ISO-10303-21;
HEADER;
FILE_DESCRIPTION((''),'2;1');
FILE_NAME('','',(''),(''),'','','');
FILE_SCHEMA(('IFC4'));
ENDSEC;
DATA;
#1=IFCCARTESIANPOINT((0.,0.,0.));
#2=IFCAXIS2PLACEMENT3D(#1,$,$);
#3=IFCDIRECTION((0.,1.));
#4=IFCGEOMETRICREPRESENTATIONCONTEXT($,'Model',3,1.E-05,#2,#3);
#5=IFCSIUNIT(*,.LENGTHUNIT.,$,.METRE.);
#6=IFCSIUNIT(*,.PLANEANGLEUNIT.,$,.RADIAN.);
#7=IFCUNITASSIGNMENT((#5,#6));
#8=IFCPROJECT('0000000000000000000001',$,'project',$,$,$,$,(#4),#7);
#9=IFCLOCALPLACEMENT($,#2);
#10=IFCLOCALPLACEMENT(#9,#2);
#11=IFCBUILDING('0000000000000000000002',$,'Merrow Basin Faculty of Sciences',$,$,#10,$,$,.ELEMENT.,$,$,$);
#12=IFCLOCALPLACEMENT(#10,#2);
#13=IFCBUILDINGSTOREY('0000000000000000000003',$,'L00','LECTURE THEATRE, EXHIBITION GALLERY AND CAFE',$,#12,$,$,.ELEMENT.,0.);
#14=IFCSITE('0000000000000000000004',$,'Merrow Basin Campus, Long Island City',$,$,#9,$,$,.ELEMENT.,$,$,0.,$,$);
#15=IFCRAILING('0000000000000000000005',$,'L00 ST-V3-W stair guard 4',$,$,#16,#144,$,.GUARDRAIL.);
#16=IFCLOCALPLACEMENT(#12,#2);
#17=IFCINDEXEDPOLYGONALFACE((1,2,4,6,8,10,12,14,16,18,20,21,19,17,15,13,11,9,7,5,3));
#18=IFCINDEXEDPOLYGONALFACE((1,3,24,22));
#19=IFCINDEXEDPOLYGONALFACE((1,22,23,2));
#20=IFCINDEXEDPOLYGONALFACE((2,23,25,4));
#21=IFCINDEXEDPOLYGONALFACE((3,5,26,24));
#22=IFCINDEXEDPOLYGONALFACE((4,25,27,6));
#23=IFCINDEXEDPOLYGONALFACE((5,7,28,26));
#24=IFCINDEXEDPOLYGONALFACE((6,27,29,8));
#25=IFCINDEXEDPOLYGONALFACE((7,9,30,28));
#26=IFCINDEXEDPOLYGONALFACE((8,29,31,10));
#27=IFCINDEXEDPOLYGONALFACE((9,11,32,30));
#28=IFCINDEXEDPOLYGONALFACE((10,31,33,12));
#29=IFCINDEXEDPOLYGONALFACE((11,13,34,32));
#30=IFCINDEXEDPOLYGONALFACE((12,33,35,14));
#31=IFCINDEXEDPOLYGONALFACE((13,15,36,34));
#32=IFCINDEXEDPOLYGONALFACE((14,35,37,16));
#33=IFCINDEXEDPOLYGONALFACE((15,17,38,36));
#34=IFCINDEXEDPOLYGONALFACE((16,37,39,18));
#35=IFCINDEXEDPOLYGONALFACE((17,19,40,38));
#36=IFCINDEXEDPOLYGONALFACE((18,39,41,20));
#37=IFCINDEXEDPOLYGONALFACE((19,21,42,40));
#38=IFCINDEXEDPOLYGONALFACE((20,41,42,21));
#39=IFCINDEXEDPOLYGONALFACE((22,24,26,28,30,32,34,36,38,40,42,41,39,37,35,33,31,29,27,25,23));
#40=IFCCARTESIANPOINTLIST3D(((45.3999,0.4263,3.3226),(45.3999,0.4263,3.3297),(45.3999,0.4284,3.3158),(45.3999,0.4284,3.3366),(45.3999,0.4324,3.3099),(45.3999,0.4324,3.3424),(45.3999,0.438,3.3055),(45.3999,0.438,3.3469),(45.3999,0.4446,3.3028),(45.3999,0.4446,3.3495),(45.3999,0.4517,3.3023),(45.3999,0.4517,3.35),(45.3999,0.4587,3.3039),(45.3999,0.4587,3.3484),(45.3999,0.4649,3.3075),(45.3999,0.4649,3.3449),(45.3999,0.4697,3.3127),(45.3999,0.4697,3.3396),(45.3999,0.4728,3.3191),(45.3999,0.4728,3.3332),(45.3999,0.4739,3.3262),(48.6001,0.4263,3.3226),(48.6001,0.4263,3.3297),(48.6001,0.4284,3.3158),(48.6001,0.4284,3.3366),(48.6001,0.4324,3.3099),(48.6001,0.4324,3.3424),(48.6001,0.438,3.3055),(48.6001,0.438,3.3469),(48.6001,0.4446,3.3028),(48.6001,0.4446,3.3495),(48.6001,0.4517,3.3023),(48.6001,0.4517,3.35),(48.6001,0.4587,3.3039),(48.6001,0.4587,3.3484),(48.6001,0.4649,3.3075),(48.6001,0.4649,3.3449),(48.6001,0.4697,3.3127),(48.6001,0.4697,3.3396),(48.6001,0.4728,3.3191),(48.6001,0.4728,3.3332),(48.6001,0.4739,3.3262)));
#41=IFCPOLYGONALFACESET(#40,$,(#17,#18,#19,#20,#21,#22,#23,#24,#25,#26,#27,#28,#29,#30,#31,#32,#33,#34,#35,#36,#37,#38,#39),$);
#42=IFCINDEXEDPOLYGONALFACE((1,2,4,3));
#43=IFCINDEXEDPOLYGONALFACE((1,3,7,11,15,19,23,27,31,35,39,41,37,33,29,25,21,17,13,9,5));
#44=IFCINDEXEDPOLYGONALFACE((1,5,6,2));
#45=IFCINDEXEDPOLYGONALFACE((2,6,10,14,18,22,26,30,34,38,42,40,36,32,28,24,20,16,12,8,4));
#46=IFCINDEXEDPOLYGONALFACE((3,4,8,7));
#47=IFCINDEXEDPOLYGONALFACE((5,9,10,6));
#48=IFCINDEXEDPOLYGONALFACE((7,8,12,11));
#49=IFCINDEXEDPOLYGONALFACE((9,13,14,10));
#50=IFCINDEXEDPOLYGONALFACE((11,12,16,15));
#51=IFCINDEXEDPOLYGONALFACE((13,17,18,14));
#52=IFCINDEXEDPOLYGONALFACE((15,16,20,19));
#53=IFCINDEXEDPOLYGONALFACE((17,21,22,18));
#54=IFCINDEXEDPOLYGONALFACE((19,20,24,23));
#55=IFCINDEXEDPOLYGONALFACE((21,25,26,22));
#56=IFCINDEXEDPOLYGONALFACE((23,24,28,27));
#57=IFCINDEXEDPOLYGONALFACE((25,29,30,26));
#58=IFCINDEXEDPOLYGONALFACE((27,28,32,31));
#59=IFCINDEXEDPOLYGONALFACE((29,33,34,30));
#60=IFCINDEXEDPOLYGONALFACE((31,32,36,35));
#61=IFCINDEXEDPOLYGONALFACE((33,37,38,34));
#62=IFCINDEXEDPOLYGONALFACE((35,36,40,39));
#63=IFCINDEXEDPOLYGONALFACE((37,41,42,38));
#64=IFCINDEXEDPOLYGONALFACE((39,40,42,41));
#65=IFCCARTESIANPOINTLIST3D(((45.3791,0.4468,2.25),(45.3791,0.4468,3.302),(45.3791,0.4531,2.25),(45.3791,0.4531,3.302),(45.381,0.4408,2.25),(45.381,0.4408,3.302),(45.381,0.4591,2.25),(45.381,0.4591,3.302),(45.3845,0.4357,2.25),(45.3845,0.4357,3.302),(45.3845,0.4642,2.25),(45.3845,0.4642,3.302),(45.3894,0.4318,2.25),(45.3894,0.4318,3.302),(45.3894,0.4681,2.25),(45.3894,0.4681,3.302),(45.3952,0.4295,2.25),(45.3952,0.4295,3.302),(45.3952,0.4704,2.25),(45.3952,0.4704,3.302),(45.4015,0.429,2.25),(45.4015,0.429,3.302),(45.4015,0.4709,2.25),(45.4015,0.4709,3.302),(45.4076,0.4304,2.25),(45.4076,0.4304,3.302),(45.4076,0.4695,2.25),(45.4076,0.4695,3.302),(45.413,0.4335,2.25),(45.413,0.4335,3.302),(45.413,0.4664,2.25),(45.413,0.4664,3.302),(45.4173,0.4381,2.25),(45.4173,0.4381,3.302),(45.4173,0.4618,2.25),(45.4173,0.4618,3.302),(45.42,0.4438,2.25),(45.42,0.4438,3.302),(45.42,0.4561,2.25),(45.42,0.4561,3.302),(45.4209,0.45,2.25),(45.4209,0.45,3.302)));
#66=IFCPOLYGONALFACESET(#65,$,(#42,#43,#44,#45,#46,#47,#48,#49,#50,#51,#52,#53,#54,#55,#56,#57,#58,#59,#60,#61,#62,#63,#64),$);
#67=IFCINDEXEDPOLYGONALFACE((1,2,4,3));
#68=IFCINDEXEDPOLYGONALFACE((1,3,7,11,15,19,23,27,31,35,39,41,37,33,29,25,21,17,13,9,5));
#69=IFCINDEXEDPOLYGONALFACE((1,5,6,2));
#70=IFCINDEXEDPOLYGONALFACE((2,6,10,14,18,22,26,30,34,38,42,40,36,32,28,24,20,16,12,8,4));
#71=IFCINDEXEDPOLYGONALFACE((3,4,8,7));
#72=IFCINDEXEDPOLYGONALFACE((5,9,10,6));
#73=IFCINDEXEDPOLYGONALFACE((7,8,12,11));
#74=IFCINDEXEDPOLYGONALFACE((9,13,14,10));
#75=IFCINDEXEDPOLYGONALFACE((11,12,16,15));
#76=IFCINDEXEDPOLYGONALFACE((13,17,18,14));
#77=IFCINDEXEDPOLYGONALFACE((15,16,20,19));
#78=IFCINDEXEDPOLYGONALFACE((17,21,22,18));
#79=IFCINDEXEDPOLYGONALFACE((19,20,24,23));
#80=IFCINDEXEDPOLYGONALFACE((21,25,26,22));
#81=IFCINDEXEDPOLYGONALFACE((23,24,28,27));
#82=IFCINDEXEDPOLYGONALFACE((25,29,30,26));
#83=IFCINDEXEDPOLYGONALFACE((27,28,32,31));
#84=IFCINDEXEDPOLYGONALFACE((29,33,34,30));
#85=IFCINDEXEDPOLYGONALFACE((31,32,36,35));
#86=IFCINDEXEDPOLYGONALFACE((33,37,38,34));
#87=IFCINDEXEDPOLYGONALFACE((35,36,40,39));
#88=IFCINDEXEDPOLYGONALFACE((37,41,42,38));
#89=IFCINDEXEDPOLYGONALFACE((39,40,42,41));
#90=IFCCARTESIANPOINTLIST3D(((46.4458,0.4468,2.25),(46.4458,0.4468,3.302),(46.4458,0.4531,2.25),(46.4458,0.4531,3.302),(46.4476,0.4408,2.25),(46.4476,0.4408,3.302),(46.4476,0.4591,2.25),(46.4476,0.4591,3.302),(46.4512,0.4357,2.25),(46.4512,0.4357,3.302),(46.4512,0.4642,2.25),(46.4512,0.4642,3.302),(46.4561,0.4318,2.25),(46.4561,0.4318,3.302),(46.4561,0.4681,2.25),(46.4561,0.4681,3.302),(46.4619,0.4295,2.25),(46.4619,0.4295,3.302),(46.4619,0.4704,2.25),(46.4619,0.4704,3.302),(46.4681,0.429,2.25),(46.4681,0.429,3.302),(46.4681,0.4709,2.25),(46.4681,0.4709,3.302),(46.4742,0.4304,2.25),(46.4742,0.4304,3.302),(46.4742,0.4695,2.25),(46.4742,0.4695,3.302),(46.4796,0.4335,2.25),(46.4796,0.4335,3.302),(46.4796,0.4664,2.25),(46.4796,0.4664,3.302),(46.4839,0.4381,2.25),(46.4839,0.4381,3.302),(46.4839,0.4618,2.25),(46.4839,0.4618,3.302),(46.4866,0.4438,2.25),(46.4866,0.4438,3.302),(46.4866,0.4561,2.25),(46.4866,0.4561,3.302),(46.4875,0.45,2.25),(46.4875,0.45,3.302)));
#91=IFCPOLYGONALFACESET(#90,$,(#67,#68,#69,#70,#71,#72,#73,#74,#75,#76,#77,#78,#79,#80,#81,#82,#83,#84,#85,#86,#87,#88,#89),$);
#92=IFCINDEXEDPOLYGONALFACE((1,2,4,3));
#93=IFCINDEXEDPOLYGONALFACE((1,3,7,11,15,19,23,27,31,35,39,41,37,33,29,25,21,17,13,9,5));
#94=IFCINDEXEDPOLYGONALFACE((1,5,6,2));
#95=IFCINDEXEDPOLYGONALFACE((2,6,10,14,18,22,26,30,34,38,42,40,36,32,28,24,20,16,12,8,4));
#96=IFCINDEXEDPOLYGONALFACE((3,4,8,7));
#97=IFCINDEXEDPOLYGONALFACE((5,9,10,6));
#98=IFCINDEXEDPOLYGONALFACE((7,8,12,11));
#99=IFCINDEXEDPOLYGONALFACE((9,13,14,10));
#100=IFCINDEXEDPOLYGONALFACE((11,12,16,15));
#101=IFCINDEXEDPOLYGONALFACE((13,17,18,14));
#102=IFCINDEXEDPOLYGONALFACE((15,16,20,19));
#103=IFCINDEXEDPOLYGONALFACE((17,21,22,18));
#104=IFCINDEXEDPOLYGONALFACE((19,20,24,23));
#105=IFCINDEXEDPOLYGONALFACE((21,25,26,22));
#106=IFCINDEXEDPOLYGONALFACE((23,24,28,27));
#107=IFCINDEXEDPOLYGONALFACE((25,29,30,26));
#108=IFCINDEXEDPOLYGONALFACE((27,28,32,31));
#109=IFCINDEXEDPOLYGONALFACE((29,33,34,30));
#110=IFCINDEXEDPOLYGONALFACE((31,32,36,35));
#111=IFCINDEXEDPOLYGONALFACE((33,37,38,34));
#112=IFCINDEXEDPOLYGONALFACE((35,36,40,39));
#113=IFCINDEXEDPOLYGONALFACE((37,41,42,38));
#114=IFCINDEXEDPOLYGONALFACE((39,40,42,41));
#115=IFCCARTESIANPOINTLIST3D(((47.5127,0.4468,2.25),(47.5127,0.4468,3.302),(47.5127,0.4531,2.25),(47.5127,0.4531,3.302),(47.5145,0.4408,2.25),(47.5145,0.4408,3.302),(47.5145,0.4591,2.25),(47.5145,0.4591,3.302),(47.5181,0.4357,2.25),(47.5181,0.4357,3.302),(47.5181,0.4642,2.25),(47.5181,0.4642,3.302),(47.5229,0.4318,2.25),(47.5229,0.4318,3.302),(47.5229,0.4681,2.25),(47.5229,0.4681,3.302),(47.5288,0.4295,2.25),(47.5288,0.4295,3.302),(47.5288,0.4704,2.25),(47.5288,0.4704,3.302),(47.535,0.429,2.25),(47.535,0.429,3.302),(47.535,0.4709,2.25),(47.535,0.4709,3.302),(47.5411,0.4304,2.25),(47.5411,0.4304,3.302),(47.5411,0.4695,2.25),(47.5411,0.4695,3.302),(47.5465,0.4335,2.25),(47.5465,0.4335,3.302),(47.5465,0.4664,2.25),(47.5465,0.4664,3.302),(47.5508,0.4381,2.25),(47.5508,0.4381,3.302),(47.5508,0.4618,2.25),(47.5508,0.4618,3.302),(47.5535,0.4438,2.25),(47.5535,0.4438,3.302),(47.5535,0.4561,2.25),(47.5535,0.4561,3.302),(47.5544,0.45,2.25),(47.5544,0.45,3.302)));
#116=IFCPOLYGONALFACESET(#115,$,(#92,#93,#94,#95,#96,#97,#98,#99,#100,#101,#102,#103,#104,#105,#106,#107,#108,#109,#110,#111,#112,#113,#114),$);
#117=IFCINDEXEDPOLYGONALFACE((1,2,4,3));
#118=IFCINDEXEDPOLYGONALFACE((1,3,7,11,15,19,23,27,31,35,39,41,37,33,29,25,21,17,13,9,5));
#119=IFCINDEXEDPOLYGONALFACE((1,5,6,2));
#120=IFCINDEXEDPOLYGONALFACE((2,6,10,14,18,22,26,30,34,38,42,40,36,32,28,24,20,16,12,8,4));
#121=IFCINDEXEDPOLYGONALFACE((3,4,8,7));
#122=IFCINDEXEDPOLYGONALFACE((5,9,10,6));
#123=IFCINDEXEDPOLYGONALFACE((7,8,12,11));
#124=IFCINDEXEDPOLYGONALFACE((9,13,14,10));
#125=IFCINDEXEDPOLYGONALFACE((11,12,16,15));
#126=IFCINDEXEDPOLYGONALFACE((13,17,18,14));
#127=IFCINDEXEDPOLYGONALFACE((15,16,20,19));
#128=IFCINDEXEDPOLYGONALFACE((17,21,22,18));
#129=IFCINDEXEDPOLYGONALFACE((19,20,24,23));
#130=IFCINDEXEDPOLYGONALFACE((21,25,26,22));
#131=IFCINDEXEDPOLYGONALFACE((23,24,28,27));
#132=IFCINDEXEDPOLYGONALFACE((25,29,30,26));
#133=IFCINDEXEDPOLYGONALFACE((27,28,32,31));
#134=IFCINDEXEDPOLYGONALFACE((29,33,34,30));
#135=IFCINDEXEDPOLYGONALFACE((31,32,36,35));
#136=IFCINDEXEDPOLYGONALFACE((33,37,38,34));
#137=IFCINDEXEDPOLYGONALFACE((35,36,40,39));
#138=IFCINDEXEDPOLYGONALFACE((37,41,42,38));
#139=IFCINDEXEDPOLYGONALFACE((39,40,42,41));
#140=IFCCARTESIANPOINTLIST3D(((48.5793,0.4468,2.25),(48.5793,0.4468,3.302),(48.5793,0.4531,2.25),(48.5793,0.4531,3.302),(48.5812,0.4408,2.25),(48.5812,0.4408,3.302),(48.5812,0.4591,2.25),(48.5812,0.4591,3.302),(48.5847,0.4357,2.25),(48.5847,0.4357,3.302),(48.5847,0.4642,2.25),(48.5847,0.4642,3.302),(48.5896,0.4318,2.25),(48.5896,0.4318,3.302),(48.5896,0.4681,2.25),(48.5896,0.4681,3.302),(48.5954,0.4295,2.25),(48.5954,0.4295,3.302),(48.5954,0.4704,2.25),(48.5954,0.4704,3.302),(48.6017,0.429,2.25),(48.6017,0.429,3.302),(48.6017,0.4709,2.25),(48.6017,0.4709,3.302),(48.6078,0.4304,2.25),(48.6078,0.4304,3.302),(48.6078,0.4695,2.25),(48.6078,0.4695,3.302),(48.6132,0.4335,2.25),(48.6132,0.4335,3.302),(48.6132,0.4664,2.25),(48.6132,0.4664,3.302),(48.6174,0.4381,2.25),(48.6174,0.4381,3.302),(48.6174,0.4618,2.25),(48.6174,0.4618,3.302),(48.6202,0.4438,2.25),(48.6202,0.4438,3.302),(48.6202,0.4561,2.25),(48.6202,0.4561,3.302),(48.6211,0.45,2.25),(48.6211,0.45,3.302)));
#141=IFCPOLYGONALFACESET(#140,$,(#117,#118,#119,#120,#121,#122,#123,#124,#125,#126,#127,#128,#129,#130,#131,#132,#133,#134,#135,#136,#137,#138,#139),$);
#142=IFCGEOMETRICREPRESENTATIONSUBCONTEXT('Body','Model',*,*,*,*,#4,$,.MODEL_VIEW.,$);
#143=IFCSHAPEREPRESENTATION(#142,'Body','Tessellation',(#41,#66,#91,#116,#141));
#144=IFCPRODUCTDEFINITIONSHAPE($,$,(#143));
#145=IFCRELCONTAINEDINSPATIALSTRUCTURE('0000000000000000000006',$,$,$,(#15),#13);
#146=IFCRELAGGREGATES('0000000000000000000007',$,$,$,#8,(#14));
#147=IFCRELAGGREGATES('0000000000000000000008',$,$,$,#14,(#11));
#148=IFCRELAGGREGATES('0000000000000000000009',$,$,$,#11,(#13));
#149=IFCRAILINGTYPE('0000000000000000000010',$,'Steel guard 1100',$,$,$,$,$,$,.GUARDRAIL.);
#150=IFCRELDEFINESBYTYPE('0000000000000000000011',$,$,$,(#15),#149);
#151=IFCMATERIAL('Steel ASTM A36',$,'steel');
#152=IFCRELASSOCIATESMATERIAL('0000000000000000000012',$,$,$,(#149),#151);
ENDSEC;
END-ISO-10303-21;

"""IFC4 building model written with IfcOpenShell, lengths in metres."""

from ifc_helpers import new_model, si_unit, direction, frame, origin, origin_2d, place, context, subcontext, project, spatial, circle, extrude, material, type_object, element, save


model = new_model("IFC4")

# Units and contexts
model_context = context("Model", 3, precision=1e-05, world=origin(), true_north=direction((0.0, 1.0)))
body_context = subcontext(model_context, "Body", "Model", "MODEL_VIEW")
ifc_project = project(units=[si_unit("LENGTHUNIT", "METRE"), si_unit("PLANEANGLEUNIT", "RADIAN")], contexts=[model_context])

# Site, building, storey
site_placement = place(None, origin())
site = spatial("IfcSite", under=ifc_project, at=site_placement, Name="Merrow Basin Campus, Long Island City", CompositionType="ELEMENT", RefElevation=0.0)
building_placement = place(site_placement, origin())
building = spatial("IfcBuilding", under=site, at=building_placement, Name="Merrow Basin Faculty of Sciences", CompositionType="ELEMENT")
storey_placement = place(building_placement, origin())
storey = spatial("IfcBuildingStorey", under=building, at=storey_placement, Name="L00", Description="LECTURE THEATRE, EXHIBITION GALLERY AND CAFE", CompositionType="ELEMENT", Elevation=0.0)

# Railing
ifc_material_1 = material(Name="Steel ASTM A36", Category="steel")
railing_type = type_object("IfcRailingType", Name="Steel guard 1100", PredefinedType="GUARDRAIL", material=ifc_material_1)
railing_1_placement = place(storey_placement, frame((45.3999, 0.45, 2.25)))
element("IfcRailing", 1, at=railing_1_placement, inside=storey, type_object=railing_type, Name="L00 ST-V3-W stair guard 4", PredefinedType="GUARDRAIL", context=body_context, shape_type="SweptSolid", body=[
    extrude(circle(Radius=0.0239, at=origin_2d()), frame((0.0, 0.0, 1.0762), z_axis=(1.0, 0.0, 0.0), x_axis=(0.0, 1.0, 0.0)), (0.0, 0.0, 1.0), 3.2002),
    extrude(circle(Radius=0.021, at=origin_2d()), origin(), (0.0, 0.0, 1.0), 1.052),
    extrude(circle(Radius=0.021, at=origin_2d()), frame((1.0667, 0.0, 0.0)), (0.0, 0.0, 1.0), 1.052),
    extrude(circle(Radius=0.021, at=origin_2d()), frame((2.1335, 0.0, 0.0)), (0.0, 0.0, 1.0), 1.052),
    extrude(circle(Radius=0.021, at=origin_2d()), frame((3.2002, 0.0, 0.0)), (0.0, 0.0, 1.0), 1.052),
])

save(model, "model.ifc")
